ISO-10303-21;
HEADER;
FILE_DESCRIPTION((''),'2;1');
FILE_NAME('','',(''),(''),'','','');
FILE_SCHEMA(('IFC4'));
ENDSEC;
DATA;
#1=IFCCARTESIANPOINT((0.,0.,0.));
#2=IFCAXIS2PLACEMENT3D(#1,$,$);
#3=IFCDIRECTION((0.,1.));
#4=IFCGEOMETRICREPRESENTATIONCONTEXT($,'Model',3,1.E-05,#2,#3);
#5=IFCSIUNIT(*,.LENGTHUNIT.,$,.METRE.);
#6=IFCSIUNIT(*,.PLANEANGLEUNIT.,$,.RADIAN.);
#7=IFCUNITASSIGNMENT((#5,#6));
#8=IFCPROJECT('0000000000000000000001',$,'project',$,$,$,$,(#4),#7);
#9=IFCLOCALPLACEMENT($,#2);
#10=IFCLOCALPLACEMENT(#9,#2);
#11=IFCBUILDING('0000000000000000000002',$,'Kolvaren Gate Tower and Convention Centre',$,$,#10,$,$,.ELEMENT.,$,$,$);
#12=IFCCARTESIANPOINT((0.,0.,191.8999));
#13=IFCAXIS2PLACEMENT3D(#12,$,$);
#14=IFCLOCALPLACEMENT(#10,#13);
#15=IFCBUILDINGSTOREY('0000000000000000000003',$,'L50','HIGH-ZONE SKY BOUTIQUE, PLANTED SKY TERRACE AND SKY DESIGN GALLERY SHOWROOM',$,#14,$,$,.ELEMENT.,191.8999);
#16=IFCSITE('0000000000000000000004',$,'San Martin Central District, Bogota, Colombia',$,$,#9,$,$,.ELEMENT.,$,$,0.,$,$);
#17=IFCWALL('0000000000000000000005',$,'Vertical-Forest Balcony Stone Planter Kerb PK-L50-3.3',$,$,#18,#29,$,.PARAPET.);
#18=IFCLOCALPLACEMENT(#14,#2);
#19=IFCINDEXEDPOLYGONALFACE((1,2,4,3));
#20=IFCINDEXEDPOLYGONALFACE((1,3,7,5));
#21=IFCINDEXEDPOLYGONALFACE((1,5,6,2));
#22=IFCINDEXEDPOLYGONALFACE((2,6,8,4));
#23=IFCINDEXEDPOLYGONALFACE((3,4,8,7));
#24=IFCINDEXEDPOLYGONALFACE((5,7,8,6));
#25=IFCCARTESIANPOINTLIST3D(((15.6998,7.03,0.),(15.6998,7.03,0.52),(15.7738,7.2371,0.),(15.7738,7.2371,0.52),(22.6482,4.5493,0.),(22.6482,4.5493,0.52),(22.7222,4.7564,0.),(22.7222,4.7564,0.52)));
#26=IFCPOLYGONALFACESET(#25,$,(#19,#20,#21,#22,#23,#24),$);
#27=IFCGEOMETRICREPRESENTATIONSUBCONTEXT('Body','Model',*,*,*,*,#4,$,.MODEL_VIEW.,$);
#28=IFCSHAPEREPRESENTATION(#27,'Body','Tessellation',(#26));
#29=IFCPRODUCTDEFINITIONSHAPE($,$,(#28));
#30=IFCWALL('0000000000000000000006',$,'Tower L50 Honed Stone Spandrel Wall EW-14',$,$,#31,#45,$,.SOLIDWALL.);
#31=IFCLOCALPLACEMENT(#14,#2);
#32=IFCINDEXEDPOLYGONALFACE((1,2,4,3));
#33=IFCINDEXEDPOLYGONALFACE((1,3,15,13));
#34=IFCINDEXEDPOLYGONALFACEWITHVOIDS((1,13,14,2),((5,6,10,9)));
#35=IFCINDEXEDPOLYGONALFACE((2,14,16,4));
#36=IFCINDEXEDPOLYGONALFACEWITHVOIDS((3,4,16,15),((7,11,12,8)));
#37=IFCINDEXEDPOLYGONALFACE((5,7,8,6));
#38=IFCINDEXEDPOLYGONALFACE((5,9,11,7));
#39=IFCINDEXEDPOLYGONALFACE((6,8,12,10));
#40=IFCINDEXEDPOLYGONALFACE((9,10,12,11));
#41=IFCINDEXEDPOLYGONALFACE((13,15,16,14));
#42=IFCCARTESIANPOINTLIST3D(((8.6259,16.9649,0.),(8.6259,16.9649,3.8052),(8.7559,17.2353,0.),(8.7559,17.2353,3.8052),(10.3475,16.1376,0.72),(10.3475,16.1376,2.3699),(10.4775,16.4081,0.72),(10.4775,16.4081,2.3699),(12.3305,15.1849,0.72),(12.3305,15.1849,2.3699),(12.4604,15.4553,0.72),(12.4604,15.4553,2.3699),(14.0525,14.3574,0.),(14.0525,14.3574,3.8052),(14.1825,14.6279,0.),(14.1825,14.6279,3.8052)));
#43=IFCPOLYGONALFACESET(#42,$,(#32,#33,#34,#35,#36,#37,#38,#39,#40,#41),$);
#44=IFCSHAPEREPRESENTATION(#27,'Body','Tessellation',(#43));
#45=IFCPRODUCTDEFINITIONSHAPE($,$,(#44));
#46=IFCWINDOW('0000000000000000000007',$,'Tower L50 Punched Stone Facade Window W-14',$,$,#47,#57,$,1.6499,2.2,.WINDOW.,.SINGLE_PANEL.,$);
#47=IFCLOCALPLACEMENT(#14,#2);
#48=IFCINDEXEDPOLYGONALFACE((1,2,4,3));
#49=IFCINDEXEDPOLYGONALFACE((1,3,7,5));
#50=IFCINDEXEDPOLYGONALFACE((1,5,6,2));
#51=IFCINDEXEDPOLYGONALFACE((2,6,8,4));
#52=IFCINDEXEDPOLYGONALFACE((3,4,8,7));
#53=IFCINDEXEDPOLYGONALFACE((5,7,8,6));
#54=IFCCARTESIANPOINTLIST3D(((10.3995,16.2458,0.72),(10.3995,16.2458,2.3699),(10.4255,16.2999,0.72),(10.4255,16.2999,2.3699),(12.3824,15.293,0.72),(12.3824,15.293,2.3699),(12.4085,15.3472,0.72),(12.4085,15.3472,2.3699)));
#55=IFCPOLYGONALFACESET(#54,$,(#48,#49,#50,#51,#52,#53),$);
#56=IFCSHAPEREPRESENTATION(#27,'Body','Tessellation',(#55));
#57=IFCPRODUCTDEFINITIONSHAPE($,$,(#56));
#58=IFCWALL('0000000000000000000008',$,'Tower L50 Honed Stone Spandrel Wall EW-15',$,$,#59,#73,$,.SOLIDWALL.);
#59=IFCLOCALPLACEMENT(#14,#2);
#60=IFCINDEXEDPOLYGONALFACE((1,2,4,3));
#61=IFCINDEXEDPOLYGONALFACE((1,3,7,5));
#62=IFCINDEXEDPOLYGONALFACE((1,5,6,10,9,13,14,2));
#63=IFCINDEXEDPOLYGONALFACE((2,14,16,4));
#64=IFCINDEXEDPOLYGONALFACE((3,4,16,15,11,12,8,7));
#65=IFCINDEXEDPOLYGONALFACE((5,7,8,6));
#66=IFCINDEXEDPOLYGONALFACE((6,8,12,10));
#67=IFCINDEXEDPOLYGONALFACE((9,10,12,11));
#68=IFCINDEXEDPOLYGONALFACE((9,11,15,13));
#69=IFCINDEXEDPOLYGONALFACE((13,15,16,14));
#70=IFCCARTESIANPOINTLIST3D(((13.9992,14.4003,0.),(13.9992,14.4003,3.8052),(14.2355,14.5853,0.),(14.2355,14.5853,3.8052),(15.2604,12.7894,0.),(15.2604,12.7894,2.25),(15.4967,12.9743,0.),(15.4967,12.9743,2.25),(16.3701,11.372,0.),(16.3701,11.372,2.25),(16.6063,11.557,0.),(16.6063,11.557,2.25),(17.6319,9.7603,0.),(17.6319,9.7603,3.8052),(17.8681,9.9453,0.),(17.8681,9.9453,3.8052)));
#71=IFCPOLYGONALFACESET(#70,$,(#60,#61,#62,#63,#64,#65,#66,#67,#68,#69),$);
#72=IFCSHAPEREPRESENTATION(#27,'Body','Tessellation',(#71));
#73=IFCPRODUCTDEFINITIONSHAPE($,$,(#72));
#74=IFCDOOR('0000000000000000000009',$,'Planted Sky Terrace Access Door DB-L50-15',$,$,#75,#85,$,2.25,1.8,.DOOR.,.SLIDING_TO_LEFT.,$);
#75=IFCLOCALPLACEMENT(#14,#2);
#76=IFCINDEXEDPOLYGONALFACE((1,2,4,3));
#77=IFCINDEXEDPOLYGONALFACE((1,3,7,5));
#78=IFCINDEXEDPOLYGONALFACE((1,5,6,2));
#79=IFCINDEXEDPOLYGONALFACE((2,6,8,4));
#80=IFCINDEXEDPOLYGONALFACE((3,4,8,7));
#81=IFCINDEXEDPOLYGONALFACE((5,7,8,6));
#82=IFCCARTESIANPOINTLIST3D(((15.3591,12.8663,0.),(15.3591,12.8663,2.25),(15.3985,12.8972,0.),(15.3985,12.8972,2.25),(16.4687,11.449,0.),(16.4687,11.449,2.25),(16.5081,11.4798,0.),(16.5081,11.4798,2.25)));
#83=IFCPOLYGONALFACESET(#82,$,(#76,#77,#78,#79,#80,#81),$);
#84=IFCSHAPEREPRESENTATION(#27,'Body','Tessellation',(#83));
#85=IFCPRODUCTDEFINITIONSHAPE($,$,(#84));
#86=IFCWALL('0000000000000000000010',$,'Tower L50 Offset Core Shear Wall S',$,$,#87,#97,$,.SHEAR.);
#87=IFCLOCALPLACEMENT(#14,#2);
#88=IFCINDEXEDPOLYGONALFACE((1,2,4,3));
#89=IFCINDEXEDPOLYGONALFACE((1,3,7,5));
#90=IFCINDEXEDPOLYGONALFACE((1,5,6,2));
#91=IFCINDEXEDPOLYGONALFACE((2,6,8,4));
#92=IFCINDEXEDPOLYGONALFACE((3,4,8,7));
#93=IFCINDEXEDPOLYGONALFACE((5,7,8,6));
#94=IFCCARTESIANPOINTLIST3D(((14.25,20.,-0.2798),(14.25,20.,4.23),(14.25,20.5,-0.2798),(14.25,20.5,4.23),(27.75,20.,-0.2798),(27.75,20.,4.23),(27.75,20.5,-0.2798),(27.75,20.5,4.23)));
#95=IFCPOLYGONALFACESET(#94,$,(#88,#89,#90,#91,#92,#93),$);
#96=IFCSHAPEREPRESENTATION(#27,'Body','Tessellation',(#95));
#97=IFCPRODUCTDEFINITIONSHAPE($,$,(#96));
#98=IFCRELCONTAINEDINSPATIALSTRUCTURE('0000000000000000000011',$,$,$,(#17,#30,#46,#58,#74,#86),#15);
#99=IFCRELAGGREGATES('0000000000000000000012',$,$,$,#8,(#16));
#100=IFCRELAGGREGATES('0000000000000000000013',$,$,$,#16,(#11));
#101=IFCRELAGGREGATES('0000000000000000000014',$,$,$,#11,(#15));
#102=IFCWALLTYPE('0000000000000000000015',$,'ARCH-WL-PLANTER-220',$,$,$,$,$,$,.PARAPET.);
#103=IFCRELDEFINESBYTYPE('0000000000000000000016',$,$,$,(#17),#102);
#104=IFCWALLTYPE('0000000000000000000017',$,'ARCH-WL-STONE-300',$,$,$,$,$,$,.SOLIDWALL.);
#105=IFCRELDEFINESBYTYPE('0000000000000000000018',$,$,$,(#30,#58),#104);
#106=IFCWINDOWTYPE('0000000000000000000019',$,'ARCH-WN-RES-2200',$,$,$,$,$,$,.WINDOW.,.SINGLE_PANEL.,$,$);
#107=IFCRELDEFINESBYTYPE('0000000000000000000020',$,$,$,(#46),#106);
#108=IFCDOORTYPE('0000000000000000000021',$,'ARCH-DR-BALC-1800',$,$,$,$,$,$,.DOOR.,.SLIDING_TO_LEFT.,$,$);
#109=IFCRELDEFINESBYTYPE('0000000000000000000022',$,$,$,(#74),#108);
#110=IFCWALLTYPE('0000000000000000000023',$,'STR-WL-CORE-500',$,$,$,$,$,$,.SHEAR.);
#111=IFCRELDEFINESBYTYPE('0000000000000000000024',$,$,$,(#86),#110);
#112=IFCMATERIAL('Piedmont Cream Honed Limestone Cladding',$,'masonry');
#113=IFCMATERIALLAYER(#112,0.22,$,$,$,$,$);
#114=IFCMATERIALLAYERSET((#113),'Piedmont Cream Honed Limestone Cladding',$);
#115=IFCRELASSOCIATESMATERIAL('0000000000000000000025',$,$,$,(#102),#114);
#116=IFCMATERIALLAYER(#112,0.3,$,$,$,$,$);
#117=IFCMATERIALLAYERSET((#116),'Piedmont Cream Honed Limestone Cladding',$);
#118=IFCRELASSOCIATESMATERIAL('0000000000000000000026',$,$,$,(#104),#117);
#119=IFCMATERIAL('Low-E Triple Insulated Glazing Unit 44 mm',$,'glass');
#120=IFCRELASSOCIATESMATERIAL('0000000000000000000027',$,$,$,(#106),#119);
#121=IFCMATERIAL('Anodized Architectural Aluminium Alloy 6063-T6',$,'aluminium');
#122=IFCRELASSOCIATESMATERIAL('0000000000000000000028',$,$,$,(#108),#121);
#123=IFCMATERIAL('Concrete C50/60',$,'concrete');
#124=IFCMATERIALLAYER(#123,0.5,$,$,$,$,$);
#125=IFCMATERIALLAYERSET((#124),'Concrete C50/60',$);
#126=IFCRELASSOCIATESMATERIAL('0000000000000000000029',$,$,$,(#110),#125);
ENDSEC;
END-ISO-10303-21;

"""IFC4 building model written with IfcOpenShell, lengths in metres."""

from ifc_helpers import new_model, si_unit, direction, frame, frame_2d, origin, place, context, subcontext, project, spatial, rectangle, extrude, material, layer, layer_set, type_object, element, fill, save


model = new_model("IFC4")

# Units and contexts
model_context = context("Model", 3, precision=1e-05, world=origin(), true_north=direction((0.0, 1.0)))
body_context = subcontext(model_context, "Body", "Model", "MODEL_VIEW")
ifc_project = project(units=[si_unit("LENGTHUNIT", "METRE"), si_unit("PLANEANGLEUNIT", "RADIAN")], contexts=[model_context])

# Site, building, storey
site_placement = place(None, origin())
site = spatial("IfcSite", under=ifc_project, at=site_placement, Name="San Martin Central District, Bogota, Colombia", CompositionType="ELEMENT", RefElevation=0.0)
building_placement = place(site_placement, origin())
building = spatial("IfcBuilding", under=site, at=building_placement, Name="Kolvaren Gate Tower and Convention Centre", CompositionType="ELEMENT")
storey_placement = place(building_placement, frame((0.0, 0.0, 191.8999)))
storey = spatial("IfcBuildingStorey", under=building, at=storey_placement, Name="L50", Description="HIGH-ZONE SKY BOUTIQUE, PLANTED SKY TERRACE AND SKY DESIGN GALLERY SHOWROOM", CompositionType="ELEMENT", Elevation=191.8999)

# Shared definitions
ifc_material_1 = material(Name="Anodized Architectural Aluminium Alloy 6063-T6", Category="aluminium")

# Shared definitions
ifc_material_2 = material(Name="Low-E Triple Insulated Glazing Unit 44 mm", Category="glass")

# Shared definitions
ifc_material_3 = material(Name="Concrete C50/60", Category="concrete")

# Wall
ifc_material_4 = material(Name="Piedmont Cream Honed Limestone Cladding", Category="masonry")
ifc_layer_1 = layer(ifc_material_4, 0.22)
ifc_layer_set_1 = layer_set([ifc_layer_1], Name="Piedmont Cream Honed Limestone Cladding")
wall_type_1 = type_object("IfcWallType", Name="ARCH-WL-PLANTER-220", PredefinedType="PARAPET", material=ifc_layer_set_1)
wall_1_placement = place(storey_placement, frame((15.7368, 7.1335, 0.0), z_axis=(0.0, 0.0, 1.0), x_axis=(0.94178, -0.336229, 0.0)))
element("IfcWall", 1, at=wall_1_placement, inside=storey, type_object=wall_type_1, Name="Vertical-Forest Balcony Stone Planter Kerb PK-L50-3.3", PredefinedType="PARAPET", context=body_context, shape_type="SweptSolid", body=[
    extrude(rectangle(XDim=7.3779, YDim=0.22, at=frame_2d((3.689, 0.0))), origin(), (0.0, 0.0, 1.0), 0.52),
])

# Wall, opening, window
ifc_layer_2 = layer(ifc_material_4, 0.3)
ifc_layer_set_2 = layer_set([ifc_layer_2], Name="Piedmont Cream Honed Limestone Cladding")
wall_type_2 = type_object("IfcWallType", Name="ARCH-WL-STONE-300", PredefinedType="SOLIDWALL", material=ifc_layer_set_2)
wall_2_placement = place(storey_placement, frame((8.6909, 17.1001, 0.0), z_axis=(0.0, 0.0, 1.0), x_axis=(0.901348, -0.433095, 0.0)))
wall_2 = element("IfcWall", 2, at=wall_2_placement, inside=storey, type_object=wall_type_2, Name="Tower L50 Honed Stone Spandrel Wall EW-14", PredefinedType="SOLIDWALL", context=body_context, shape_type="SweptSolid", body=[
    extrude(rectangle(XDim=6.0205, YDim=0.3, at=frame_2d((3.0103, 0.0))), origin(), (0.0, 0.0, 1.0), 3.8052),
])
opening_1_placement = place(wall_2_placement, frame((1.9099, 0.0, 0.72)))
opening_1 = element("IfcOpeningElement", 3, at=opening_1_placement, cuts=wall_2, PredefinedType="OPENING", context=body_context, shape_type="SweptSolid", body=[
    extrude(rectangle(XDim=2.2, YDim=1.6499, at=frame_2d((1.1001, 0.825))), frame((0.0, 0.1599, 0.0), z_axis=(0.0, -1.0, 0.0), x_axis=(1.0, 0.0, 0.0)), (0.0, 0.0, 1.0), 0.3201),
])
window_type = type_object("IfcWindowType", Name="ARCH-WN-RES-2200", PartitioningType="SINGLE_PANEL", PredefinedType="WINDOW", material=ifc_material_2)
window_placement = place(opening_1_placement, origin())
window = element("IfcWindow", 4, at=window_placement, inside=storey, type_object=window_type, Name="Tower L50 Punched Stone Facade Window W-14", OverallHeight=1.6499, OverallWidth=2.2, PartitioningType="SINGLE_PANEL", PredefinedType="WINDOW", context=body_context, shape_type="SweptSolid", body=[
    extrude(rectangle(XDim=2.2, YDim=1.6499, at=frame_2d((1.1001, 0.825))), frame((0.0, 0.03, 0.0), z_axis=(0.0, -1.0, 0.0), x_axis=(1.0, 0.0, 0.0)), (0.0, 0.0, 1.0), 0.0601),
])
fill(opening_1, window)

# Wall, opening, door
wall_3_placement = place(storey_placement, frame((14.1174, 14.4927, 0.0), z_axis=(0.0, 0.0, 1.0), x_axis=(0.61645, -0.787394, 0.0)))
wall_3 = element("IfcWall", 5, at=wall_3_placement, inside=storey, type_object=wall_type_2, Name="Tower L50 Honed Stone Spandrel Wall EW-15", PredefinedType="SOLIDWALL", context=body_context, shape_type="SweptSolid", body=[
    extrude(rectangle(XDim=5.8928, YDim=0.3, at=frame_2d((2.9463, 0.0))), origin(), (0.0, 0.0, 1.0), 3.8052),
])
opening_2_placement = place(wall_3_placement, frame((2.0459, 0.0, 0.0)))
opening_2 = element("IfcOpeningElement", 6, at=opening_2_placement, cuts=wall_3, PredefinedType="OPENING", context=body_context, shape_type="SweptSolid", body=[
    extrude(rectangle(XDim=1.8, YDim=2.25, at=frame_2d((0.8999, 1.125))), frame((0.0, 0.1599, 0.0), z_axis=(0.0, -1.0, 0.0), x_axis=(1.0, 0.0, 0.0)), (0.0, 0.0, 1.0), 0.3201),
])
door_type = type_object("IfcDoorType", Name="ARCH-DR-BALC-1800", OperationType="SLIDING_TO_LEFT", PredefinedType="DOOR", material=ifc_material_1)
door_placement = place(opening_2_placement, frame((1.8, 0.0, 0.0), z_axis=(0.0, 0.0, 1.0), x_axis=(-1.0, 0.0, 0.0)))
door = element("IfcDoor", 7, at=door_placement, inside=storey, type_object=door_type, Name="Planted Sky Terrace Access Door DB-L50-15", OperationType="SLIDING_TO_LEFT", OverallHeight=2.25, OverallWidth=1.8, PredefinedType="DOOR", context=body_context, shape_type="SweptSolid", body=[
    extrude(rectangle(XDim=1.8, YDim=2.25, at=frame_2d((0.8999, 1.125))), frame((0.0, 0.0249, 0.0), z_axis=(0.0, -1.0, 0.0), x_axis=(1.0, 0.0, 0.0)), (0.0, 0.0, 1.0), 0.05),
])
fill(opening_2, door)

# Wall
ifc_layer_3 = layer(ifc_material_3, 0.5)
ifc_layer_set_3 = layer_set([ifc_layer_3], Name="Concrete C50/60")
wall_type_3 = type_object("IfcWallType", Name="STR-WL-CORE-500", PredefinedType="SHEAR", material=ifc_layer_set_3)
wall_4_placement = place(storey_placement, frame((14.25, 20.25, -0.2798), z_axis=(0.0, 0.0, 1.0), x_axis=(1.0, 0.0, 0.0)))
element("IfcWall", 8, at=wall_4_placement, inside=storey, type_object=wall_type_3, Name="Tower L50 Offset Core Shear Wall S", PredefinedType="SHEAR", context=body_context, shape_type="SweptSolid", body=[
    extrude(rectangle(XDim=13.5, YDim=0.5, at=frame_2d((6.75, 0.0))), origin(), (0.0, 0.0, 1.0), 4.5098),
])

save(model, "model.ifc")
